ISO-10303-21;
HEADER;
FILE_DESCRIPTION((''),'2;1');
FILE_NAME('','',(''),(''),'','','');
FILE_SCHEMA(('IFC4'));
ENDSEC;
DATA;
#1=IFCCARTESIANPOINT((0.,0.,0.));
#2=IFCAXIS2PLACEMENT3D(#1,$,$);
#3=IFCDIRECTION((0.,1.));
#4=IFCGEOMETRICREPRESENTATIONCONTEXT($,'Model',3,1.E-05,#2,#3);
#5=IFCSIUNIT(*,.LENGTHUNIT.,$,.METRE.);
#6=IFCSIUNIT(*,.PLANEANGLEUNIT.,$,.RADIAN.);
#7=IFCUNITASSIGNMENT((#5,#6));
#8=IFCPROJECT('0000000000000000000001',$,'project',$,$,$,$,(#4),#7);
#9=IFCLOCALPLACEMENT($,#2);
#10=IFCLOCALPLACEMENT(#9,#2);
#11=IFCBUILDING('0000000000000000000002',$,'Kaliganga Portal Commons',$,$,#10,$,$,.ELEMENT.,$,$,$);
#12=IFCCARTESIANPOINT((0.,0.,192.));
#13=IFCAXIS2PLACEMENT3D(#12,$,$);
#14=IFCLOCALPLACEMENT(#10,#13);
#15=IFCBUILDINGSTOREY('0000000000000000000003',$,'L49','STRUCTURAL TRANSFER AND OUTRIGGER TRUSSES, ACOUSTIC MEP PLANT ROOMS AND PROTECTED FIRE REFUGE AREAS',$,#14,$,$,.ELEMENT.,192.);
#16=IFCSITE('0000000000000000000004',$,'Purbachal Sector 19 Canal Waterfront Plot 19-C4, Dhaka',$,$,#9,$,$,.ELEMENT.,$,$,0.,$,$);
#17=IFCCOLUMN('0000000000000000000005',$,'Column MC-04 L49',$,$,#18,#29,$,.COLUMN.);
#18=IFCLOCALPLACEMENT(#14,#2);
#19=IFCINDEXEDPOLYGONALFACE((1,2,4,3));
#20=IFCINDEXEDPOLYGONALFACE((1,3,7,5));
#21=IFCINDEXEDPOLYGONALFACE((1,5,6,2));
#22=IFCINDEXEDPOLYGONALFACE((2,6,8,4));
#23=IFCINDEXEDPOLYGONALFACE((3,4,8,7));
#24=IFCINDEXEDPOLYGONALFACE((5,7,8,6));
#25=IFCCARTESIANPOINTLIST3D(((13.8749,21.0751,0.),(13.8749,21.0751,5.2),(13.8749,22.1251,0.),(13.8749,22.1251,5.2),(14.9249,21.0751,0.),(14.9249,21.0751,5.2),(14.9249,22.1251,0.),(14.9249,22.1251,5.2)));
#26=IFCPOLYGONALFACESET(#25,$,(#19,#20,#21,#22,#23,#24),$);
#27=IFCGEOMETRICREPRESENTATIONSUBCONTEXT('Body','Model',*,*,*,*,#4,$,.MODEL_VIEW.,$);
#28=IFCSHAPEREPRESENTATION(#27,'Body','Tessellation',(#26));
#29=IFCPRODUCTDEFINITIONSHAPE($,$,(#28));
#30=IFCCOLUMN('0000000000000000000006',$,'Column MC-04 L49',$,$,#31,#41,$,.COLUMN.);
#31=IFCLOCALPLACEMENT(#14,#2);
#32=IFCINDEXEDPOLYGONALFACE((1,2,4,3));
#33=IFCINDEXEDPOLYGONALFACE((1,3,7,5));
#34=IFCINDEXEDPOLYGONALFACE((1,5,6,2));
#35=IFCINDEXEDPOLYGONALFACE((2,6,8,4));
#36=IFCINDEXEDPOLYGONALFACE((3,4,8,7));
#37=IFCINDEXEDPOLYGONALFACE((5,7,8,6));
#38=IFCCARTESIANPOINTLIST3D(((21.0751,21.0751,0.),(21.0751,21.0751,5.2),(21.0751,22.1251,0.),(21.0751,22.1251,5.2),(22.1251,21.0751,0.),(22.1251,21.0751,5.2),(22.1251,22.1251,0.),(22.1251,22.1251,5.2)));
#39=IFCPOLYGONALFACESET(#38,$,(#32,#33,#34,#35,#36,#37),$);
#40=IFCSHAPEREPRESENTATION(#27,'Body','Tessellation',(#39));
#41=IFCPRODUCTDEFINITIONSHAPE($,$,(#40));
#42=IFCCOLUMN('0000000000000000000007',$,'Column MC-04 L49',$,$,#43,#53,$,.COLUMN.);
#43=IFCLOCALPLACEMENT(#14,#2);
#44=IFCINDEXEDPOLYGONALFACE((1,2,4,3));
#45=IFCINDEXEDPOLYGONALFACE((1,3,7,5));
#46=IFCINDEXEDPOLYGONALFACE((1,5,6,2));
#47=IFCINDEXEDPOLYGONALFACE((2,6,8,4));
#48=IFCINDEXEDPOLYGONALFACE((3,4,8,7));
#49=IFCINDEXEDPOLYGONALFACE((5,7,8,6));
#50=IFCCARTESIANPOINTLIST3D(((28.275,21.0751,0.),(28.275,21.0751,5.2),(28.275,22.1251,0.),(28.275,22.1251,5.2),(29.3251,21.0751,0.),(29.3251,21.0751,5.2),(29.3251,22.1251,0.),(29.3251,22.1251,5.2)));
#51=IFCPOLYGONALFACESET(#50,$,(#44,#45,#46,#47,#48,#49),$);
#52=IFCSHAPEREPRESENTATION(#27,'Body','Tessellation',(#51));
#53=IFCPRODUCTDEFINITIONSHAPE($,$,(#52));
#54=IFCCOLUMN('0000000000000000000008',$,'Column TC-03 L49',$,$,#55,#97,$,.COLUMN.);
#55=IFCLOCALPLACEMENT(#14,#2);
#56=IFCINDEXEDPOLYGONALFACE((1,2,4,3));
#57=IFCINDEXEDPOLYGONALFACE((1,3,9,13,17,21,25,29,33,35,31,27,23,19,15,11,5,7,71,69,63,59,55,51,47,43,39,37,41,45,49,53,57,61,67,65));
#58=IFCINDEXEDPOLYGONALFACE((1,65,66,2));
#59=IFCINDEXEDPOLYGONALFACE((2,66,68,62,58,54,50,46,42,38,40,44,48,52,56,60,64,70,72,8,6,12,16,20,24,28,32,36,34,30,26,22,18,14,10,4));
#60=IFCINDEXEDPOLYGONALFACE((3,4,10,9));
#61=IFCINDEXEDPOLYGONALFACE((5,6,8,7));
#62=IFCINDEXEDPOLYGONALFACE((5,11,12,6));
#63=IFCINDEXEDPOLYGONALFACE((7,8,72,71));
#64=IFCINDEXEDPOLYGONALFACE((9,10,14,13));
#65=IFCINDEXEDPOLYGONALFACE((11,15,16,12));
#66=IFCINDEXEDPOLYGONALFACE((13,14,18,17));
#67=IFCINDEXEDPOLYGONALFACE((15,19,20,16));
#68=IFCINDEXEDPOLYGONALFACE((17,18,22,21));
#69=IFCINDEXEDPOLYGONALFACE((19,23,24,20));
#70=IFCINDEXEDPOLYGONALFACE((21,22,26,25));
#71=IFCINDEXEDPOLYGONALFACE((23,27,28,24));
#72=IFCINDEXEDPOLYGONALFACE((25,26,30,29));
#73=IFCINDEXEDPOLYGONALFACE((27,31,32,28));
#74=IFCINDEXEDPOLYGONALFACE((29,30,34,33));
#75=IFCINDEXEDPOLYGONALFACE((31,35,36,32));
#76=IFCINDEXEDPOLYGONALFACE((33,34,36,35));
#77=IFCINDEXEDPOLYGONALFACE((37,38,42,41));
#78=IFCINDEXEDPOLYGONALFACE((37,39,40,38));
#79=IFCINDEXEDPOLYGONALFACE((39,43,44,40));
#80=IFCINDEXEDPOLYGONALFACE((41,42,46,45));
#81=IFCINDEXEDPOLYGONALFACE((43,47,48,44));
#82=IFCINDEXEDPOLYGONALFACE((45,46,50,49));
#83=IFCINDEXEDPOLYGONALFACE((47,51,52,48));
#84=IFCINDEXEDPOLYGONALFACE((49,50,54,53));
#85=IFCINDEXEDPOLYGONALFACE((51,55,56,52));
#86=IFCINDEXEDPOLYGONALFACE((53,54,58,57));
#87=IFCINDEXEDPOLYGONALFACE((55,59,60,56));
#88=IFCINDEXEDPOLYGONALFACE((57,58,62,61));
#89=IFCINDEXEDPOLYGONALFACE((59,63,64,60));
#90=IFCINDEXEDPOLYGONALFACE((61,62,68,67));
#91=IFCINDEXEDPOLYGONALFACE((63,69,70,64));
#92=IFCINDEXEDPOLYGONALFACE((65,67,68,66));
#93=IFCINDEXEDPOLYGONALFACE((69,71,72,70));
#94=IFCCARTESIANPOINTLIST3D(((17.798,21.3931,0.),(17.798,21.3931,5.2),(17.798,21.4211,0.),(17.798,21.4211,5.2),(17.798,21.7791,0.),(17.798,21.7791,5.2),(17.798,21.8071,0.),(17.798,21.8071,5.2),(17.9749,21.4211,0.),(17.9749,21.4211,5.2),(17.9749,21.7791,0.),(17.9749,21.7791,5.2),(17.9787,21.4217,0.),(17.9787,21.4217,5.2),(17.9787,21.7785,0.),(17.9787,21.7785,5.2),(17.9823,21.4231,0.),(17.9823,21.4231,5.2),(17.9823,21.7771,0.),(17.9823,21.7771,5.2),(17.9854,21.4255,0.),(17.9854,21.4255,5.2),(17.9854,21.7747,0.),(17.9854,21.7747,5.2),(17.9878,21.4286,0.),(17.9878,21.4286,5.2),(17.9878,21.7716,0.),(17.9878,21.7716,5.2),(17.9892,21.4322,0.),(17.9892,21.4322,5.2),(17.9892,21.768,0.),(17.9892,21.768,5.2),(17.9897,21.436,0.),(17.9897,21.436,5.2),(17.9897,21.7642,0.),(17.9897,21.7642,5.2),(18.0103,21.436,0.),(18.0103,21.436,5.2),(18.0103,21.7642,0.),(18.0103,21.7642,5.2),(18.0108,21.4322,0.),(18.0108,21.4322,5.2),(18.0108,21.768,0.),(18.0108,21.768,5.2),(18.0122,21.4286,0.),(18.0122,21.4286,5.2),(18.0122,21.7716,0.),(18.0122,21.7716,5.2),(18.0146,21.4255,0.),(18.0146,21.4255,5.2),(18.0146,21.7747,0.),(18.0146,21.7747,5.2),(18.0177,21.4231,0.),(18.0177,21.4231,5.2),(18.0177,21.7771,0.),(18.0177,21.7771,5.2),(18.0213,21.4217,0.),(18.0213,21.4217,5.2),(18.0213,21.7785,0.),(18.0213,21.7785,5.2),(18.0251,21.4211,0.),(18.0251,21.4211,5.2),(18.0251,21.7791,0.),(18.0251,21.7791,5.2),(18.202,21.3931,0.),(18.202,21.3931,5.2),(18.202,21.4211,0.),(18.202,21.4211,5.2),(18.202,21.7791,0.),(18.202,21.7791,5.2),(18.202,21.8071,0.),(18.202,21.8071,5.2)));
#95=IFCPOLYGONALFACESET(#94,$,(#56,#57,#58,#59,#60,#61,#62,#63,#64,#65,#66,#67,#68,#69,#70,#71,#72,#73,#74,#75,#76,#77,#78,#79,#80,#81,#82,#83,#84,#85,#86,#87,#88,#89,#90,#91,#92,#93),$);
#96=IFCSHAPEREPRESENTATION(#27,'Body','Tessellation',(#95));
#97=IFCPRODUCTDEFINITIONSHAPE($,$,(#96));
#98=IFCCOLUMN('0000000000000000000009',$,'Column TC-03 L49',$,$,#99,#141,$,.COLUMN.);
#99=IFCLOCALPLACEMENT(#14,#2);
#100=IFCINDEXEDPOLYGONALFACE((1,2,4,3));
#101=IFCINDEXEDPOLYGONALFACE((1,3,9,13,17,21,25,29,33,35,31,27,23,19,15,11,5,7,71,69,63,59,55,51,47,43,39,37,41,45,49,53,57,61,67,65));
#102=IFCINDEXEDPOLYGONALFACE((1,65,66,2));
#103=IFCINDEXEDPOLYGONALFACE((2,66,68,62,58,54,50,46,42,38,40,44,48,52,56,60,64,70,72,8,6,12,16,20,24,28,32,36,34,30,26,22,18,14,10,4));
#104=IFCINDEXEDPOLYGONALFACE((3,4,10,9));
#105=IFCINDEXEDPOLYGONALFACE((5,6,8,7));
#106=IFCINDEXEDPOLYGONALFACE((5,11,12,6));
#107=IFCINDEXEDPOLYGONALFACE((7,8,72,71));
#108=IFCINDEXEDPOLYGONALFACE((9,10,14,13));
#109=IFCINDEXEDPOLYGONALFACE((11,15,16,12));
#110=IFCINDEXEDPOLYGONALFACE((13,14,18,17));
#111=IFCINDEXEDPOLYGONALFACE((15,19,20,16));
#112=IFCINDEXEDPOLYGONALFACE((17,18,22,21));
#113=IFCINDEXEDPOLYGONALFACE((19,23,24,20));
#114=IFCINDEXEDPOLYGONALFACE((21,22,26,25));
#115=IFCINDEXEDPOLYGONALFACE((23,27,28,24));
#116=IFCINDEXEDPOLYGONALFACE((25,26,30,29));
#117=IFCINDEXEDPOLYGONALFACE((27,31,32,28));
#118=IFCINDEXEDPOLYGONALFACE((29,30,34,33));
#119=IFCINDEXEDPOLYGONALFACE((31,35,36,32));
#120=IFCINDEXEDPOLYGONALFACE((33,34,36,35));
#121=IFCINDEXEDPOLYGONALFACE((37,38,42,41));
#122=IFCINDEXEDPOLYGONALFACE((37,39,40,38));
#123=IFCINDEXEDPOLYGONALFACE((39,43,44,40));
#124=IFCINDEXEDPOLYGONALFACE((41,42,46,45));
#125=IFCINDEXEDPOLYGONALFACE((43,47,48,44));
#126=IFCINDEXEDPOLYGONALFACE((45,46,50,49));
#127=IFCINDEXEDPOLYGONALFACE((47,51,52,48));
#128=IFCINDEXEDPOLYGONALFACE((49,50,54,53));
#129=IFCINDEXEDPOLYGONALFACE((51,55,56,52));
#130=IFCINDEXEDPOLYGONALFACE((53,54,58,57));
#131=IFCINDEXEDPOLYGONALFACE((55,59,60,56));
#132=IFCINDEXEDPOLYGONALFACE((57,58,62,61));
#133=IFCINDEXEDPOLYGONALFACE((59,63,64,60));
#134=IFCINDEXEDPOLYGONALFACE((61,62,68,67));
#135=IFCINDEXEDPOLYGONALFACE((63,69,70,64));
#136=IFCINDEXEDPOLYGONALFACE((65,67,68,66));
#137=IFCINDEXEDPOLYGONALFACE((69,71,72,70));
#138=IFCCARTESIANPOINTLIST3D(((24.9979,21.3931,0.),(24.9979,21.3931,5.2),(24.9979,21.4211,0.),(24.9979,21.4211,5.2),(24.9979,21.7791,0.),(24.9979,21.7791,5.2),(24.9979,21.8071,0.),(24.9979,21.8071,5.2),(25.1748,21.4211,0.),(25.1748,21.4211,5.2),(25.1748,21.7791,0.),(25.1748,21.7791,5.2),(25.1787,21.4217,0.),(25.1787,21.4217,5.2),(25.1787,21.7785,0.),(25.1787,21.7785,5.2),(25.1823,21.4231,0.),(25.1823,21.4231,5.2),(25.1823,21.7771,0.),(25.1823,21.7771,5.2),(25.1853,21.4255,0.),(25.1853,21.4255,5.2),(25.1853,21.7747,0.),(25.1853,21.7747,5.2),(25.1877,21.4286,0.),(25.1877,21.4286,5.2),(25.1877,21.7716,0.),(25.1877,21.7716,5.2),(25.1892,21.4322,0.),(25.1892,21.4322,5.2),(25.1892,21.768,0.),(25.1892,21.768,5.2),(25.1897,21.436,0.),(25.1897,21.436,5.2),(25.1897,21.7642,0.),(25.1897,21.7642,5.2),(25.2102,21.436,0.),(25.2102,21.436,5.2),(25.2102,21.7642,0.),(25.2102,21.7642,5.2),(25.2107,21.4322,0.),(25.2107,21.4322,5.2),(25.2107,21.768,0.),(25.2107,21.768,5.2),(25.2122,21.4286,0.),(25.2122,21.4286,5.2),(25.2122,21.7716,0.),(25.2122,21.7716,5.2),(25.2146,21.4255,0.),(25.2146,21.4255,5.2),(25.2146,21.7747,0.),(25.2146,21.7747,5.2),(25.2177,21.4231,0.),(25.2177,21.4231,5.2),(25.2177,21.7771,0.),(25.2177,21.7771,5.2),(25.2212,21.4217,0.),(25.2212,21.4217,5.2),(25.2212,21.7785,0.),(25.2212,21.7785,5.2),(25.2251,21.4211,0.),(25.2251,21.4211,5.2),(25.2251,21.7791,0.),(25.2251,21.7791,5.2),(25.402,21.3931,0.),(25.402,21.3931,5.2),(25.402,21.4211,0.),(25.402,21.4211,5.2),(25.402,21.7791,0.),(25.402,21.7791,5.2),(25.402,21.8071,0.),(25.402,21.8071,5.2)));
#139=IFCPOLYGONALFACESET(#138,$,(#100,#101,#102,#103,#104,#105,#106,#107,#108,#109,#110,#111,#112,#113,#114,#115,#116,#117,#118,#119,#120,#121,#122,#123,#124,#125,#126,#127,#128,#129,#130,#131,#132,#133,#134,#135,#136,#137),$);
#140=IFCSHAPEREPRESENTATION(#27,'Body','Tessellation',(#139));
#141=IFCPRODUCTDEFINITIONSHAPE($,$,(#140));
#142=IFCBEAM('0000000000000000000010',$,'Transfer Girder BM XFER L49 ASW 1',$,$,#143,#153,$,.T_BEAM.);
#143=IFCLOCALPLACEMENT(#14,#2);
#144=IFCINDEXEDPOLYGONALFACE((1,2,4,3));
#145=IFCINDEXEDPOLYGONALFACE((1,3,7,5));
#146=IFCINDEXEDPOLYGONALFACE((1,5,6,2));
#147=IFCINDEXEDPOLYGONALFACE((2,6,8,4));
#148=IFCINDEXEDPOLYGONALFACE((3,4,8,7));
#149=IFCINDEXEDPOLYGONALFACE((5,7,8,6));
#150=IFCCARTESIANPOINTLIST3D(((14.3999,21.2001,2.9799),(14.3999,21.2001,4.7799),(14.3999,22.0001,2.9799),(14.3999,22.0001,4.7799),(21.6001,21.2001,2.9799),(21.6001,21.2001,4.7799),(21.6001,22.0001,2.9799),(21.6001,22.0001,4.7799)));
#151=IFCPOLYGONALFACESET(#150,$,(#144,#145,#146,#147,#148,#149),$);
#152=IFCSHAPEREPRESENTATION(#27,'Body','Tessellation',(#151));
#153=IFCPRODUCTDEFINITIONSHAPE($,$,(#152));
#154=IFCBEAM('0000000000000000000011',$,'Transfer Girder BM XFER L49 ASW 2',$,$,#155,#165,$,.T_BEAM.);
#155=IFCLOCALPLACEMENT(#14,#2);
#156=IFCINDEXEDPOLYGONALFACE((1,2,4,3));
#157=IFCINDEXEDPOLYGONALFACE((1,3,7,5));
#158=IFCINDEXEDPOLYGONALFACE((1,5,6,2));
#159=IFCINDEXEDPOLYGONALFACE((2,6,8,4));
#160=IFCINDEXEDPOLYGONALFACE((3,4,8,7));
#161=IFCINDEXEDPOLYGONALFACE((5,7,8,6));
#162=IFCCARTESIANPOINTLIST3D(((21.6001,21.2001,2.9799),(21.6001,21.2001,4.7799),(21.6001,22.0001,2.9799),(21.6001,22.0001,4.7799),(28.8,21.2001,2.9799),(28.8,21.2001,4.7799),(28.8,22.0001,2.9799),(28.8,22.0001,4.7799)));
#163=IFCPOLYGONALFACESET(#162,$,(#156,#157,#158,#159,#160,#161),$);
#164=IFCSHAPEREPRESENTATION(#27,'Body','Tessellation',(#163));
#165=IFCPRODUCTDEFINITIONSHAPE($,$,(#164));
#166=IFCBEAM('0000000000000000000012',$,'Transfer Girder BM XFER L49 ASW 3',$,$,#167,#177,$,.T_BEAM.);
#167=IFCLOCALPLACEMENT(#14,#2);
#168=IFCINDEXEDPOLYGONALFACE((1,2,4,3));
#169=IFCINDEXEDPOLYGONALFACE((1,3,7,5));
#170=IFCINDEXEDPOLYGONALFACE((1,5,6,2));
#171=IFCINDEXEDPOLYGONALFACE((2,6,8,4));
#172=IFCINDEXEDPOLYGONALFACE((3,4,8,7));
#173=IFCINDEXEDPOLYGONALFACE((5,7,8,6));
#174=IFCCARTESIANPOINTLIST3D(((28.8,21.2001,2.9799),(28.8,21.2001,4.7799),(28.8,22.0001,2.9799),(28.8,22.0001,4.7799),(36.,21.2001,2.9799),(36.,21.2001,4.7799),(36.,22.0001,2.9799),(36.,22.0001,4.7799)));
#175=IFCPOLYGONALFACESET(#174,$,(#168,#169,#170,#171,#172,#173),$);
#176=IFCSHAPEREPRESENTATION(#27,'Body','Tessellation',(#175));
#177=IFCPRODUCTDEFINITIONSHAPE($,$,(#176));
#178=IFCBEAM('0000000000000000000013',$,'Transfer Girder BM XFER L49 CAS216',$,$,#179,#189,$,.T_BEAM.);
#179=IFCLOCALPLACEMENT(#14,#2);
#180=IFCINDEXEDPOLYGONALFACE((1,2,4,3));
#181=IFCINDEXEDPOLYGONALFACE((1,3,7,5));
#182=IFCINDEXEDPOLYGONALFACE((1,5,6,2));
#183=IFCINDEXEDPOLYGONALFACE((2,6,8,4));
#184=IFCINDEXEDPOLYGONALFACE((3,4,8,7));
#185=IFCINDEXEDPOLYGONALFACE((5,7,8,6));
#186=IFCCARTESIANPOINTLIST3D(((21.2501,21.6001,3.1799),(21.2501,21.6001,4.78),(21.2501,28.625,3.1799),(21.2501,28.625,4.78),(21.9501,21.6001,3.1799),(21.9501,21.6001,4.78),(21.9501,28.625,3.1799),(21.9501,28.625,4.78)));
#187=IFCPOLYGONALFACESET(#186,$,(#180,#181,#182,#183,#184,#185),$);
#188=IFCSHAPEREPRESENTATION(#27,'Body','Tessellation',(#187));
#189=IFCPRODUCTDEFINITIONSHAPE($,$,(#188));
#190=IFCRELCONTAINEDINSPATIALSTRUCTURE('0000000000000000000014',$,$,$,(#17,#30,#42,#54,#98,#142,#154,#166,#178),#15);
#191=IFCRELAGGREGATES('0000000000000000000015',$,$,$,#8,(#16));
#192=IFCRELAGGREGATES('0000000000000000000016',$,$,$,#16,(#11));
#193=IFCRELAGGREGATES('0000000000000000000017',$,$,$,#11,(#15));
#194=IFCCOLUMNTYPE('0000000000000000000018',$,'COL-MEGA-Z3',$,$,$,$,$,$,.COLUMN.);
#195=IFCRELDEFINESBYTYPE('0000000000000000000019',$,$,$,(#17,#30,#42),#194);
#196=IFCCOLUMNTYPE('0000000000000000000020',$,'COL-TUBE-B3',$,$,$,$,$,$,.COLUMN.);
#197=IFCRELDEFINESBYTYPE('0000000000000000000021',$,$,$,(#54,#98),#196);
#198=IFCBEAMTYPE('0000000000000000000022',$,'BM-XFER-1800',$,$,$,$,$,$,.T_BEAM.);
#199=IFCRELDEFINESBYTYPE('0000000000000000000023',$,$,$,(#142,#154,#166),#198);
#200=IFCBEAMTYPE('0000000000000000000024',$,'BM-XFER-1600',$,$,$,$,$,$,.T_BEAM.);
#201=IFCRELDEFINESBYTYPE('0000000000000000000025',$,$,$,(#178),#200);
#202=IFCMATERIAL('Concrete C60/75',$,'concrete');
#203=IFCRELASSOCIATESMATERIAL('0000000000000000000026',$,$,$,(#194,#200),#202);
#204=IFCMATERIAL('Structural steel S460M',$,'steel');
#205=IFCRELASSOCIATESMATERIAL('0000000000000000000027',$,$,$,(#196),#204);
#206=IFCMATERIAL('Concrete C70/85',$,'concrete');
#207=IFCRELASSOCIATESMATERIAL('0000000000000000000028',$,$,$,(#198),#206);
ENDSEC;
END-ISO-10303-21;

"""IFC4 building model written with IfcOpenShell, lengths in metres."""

from ifc_helpers import new_model, si_unit, direction, frame, origin, origin_2d, place, context, subcontext, project, spatial, rectangle, i_section, extrude, source, transform, mapped, material, material_profile, profile_set, type_object, element, save


model = new_model("IFC4")

# Units and contexts
model_context = context("Model", 3, precision=1e-05, world=origin(), true_north=direction((0.0, 1.0)))
body_context = subcontext(model_context, "Body", "Model", "MODEL_VIEW")
ifc_project = project(units=[si_unit("LENGTHUNIT", "METRE"), si_unit("PLANEANGLEUNIT", "RADIAN")], contexts=[model_context])

# Site, building, storey
site_placement = place(None, origin())
site = spatial("IfcSite", under=ifc_project, at=site_placement, Name="Purbachal Sector 19 Canal Waterfront Plot 19-C4, Dhaka", CompositionType="ELEMENT", RefElevation=0.0)
building_placement = place(site_placement, origin())
building = spatial("IfcBuilding", under=site, at=building_placement, Name="Kaliganga Portal Commons", CompositionType="ELEMENT")
storey_placement = place(building_placement, frame((0.0, 0.0, 192.0)))
storey = spatial("IfcBuildingStorey", under=building, at=storey_placement, Name="L49", Description="STRUCTURAL TRANSFER AND OUTRIGGER TRUSSES, ACOUSTIC MEP PLANT ROOMS AND PROTECTED FIRE REFUGE AREAS", CompositionType="ELEMENT", Elevation=192.0)

# Columns
ifc_material_1 = material(Name="Concrete C60/75", Category="concrete")
ifc_material_profile_1 = material_profile(ifc_material_1, rectangle(XDim=1.05, YDim=1.05, at=origin_2d()), Name="RC 1050x1050")
ifc_profile_set_1 = profile_set([ifc_material_profile_1], Name="Concrete C60/75")
column_type_1 = type_object("IfcColumnType", Name="COL-MEGA-Z3", PredefinedType="COLUMN", material=ifc_profile_set_1)
shared_shape_1 = source(origin(), body_context, "Body", "SweptSolid", [
    extrude(rectangle(XDim=1.05, YDim=1.05, at=origin_2d()), origin(), (0.0, 0.0, 1.0), 5.2),
])
for number, where, z_axis, x_axis, name in (
    (1, (14.3999, 21.6001, 0.0), (0.0, 0.0, 1.0), (1.0, 0.0, 0.0), "Column MC-04 L49"),
    (2, (21.6001, 21.6001, 0.0), (0.0, 0.0, 1.0), (1.0, 0.0, 0.0), "Column MC-04 L49"),
    (3, (28.8, 21.6001, 0.0), (0.0, 0.0, 1.0), (1.0, 0.0, 0.0), "Column MC-04 L49"),
):
    element("IfcColumn", number, at=place(storey_placement, frame(where, z_axis=z_axis, x_axis=x_axis)), inside=storey, type_object=column_type_1, Name=name, PredefinedType="COLUMN", context=body_context, shape_type="MappedRepresentation", body=[
        mapped(shared_shape_1, transform((0.0, 0.0, 0.0), x_axis=(1.0, 0.0, 0.0), y_axis=(0.0, 1.0, 0.0), z_axis=(0.0, 0.0, 1.0), scale=1.0)),
    ])
ifc_material_2 = material(Name="Structural steel S460M", Category="steel")
ifc_material_profile_2 = material_profile(ifc_material_2, i_section(OverallWidth=0.4041, OverallDepth=0.4141, WebThickness=0.0205, FlangeThickness=0.0281, FilletRadius=0.0149, at=origin_2d()), Name="HD 400x347")
ifc_profile_set_2 = profile_set([ifc_material_profile_2], Name="Structural steel S460M wide-flange")
column_type_2 = type_object("IfcColumnType", Name="COL-TUBE-B3", PredefinedType="COLUMN", material=ifc_profile_set_2)
shared_shape_2 = source(origin(), body_context, "Body", "SweptSolid", [
    extrude(i_section(OverallWidth=0.4041, OverallDepth=0.4141, WebThickness=0.0205, FlangeThickness=0.0281, FilletRadius=0.0149, at=origin_2d()), origin(), (0.0, 0.0, 1.0), 5.2),
])
for number, where, z_axis, x_axis, name in (
    (4, (18.0, 21.6001, 0.0), (0.0, 0.0, 1.0), (1.0, 0.0, 0.0), "Column TC-03 L49"),
    (5, (25.2, 21.6001, 0.0), (0.0, 0.0, 1.0), (1.0, 0.0, 0.0), "Column TC-03 L49"),
):
    element("IfcColumn", number, at=place(storey_placement, frame(where, z_axis=z_axis, x_axis=x_axis)), inside=storey, type_object=column_type_2, Name=name, PredefinedType="COLUMN", context=body_context, shape_type="MappedRepresentation", body=[
        mapped(shared_shape_2, transform((0.0, 0.0, 0.0), x_axis=(1.0, 0.0, 0.0), y_axis=(0.0, 1.0, 0.0), z_axis=(0.0, 0.0, 1.0), scale=1.0)),
    ])

# Beams
ifc_material_3 = material(Name="Concrete C70/85", Category="concrete")
ifc_material_profile_3 = material_profile(ifc_material_3, rectangle(XDim=0.8, YDim=1.8, at=origin_2d()), Name="RC 800x1800")
ifc_profile_set_3 = profile_set([ifc_material_profile_3], Name="Concrete C70/85")
beam_type_1 = type_object("IfcBeamType", Name="BM-XFER-1800", PredefinedType="T_BEAM", material=ifc_profile_set_3)
shared_shape_3 = source(origin(), body_context, "Body", "SweptSolid", [
    extrude(rectangle(XDim=0.8, YDim=1.8, at=origin_2d()), origin(), (0.0, 0.0, 1.0), 7.2002),
])
beam_1_placement = place(storey_placement, frame((14.3999, 21.6001, 3.8799), z_axis=(1.0, 0.0, 0.0), x_axis=(0.0, 1.0, 0.0)))
element("IfcBeam", 6, at=beam_1_placement, inside=storey, type_object=beam_type_1, Name="Transfer Girder BM XFER L49 ASW 1", PredefinedType="T_BEAM", context=body_context, shape_type="MappedRepresentation", body=[
    mapped(shared_shape_3, transform((0.0, 0.0, 0.0), x_axis=(1.0, 0.0, 0.0), y_axis=(0.0, 1.0, 0.0), z_axis=(0.0, 0.0, 1.0), scale=1.0)),
])
shared_shape_4 = source(origin(), body_context, "Body", "SweptSolid", [
    extrude(rectangle(XDim=0.8, YDim=1.8, at=origin_2d()), origin(), (0.0, 0.0, 1.0), 7.2),
])
for number, where, z_axis, x_axis, name in (
    (7, (21.6001, 21.6001, 3.8799), (1.0, 0.0, 0.0), (0.0, 1.0, 0.0), "Transfer Girder BM XFER L49 ASW 2"),
    (8, (28.8, 21.6001, 3.8799), (1.0, 0.0, 0.0), (0.0, 1.0, 0.0), "Transfer Girder BM XFER L49 ASW 3"),
):
    element("IfcBeam", number, at=place(storey_placement, frame(where, z_axis=z_axis, x_axis=x_axis)), inside=storey, type_object=beam_type_1, Name=name, PredefinedType="T_BEAM", context=body_context, shape_type="MappedRepresentation", body=[
        mapped(shared_shape_4, transform((0.0, 0.0, 0.0), x_axis=(1.0, 0.0, 0.0), y_axis=(0.0, 1.0, 0.0), z_axis=(0.0, 0.0, 1.0), scale=1.0)),
    ])
ifc_material_profile_4 = material_profile(ifc_material_1, rectangle(XDim=0.7, YDim=1.6001, at=origin_2d()), Name="RC 700x1600")
ifc_profile_set_4 = profile_set([ifc_material_profile_4], Name="Concrete C60/75")
beam_type_2 = type_object("IfcBeamType", Name="BM-XFER-1600", PredefinedType="T_BEAM", material=ifc_profile_set_4)
shared_shape_5 = source(origin(), body_context, "Body", "SweptSolid", [
    extrude(rectangle(XDim=0.7, YDim=1.6001, at=origin_2d()), origin(), (0.0, 0.0, 1.0), 7.0249),
])
beam_2_placement = place(storey_placement, frame((21.6001, 21.6001, 3.98), z_axis=(0.0, 1.0, 0.0), x_axis=(-1.0, 0.0, 0.0)))
element("IfcBeam", 9, at=beam_2_placement, inside=storey, type_object=beam_type_2, Name="Transfer Girder BM XFER L49 CAS216", PredefinedType="T_BEAM", context=body_context, shape_type="MappedRepresentation", body=[
    mapped(shared_shape_5, transform((0.0, 0.0, 0.0), x_axis=(1.0, 0.0, 0.0), y_axis=(0.0, 1.0, 0.0), z_axis=(0.0, 0.0, 1.0), scale=1.0)),
])

save(model, "model.ifc")
